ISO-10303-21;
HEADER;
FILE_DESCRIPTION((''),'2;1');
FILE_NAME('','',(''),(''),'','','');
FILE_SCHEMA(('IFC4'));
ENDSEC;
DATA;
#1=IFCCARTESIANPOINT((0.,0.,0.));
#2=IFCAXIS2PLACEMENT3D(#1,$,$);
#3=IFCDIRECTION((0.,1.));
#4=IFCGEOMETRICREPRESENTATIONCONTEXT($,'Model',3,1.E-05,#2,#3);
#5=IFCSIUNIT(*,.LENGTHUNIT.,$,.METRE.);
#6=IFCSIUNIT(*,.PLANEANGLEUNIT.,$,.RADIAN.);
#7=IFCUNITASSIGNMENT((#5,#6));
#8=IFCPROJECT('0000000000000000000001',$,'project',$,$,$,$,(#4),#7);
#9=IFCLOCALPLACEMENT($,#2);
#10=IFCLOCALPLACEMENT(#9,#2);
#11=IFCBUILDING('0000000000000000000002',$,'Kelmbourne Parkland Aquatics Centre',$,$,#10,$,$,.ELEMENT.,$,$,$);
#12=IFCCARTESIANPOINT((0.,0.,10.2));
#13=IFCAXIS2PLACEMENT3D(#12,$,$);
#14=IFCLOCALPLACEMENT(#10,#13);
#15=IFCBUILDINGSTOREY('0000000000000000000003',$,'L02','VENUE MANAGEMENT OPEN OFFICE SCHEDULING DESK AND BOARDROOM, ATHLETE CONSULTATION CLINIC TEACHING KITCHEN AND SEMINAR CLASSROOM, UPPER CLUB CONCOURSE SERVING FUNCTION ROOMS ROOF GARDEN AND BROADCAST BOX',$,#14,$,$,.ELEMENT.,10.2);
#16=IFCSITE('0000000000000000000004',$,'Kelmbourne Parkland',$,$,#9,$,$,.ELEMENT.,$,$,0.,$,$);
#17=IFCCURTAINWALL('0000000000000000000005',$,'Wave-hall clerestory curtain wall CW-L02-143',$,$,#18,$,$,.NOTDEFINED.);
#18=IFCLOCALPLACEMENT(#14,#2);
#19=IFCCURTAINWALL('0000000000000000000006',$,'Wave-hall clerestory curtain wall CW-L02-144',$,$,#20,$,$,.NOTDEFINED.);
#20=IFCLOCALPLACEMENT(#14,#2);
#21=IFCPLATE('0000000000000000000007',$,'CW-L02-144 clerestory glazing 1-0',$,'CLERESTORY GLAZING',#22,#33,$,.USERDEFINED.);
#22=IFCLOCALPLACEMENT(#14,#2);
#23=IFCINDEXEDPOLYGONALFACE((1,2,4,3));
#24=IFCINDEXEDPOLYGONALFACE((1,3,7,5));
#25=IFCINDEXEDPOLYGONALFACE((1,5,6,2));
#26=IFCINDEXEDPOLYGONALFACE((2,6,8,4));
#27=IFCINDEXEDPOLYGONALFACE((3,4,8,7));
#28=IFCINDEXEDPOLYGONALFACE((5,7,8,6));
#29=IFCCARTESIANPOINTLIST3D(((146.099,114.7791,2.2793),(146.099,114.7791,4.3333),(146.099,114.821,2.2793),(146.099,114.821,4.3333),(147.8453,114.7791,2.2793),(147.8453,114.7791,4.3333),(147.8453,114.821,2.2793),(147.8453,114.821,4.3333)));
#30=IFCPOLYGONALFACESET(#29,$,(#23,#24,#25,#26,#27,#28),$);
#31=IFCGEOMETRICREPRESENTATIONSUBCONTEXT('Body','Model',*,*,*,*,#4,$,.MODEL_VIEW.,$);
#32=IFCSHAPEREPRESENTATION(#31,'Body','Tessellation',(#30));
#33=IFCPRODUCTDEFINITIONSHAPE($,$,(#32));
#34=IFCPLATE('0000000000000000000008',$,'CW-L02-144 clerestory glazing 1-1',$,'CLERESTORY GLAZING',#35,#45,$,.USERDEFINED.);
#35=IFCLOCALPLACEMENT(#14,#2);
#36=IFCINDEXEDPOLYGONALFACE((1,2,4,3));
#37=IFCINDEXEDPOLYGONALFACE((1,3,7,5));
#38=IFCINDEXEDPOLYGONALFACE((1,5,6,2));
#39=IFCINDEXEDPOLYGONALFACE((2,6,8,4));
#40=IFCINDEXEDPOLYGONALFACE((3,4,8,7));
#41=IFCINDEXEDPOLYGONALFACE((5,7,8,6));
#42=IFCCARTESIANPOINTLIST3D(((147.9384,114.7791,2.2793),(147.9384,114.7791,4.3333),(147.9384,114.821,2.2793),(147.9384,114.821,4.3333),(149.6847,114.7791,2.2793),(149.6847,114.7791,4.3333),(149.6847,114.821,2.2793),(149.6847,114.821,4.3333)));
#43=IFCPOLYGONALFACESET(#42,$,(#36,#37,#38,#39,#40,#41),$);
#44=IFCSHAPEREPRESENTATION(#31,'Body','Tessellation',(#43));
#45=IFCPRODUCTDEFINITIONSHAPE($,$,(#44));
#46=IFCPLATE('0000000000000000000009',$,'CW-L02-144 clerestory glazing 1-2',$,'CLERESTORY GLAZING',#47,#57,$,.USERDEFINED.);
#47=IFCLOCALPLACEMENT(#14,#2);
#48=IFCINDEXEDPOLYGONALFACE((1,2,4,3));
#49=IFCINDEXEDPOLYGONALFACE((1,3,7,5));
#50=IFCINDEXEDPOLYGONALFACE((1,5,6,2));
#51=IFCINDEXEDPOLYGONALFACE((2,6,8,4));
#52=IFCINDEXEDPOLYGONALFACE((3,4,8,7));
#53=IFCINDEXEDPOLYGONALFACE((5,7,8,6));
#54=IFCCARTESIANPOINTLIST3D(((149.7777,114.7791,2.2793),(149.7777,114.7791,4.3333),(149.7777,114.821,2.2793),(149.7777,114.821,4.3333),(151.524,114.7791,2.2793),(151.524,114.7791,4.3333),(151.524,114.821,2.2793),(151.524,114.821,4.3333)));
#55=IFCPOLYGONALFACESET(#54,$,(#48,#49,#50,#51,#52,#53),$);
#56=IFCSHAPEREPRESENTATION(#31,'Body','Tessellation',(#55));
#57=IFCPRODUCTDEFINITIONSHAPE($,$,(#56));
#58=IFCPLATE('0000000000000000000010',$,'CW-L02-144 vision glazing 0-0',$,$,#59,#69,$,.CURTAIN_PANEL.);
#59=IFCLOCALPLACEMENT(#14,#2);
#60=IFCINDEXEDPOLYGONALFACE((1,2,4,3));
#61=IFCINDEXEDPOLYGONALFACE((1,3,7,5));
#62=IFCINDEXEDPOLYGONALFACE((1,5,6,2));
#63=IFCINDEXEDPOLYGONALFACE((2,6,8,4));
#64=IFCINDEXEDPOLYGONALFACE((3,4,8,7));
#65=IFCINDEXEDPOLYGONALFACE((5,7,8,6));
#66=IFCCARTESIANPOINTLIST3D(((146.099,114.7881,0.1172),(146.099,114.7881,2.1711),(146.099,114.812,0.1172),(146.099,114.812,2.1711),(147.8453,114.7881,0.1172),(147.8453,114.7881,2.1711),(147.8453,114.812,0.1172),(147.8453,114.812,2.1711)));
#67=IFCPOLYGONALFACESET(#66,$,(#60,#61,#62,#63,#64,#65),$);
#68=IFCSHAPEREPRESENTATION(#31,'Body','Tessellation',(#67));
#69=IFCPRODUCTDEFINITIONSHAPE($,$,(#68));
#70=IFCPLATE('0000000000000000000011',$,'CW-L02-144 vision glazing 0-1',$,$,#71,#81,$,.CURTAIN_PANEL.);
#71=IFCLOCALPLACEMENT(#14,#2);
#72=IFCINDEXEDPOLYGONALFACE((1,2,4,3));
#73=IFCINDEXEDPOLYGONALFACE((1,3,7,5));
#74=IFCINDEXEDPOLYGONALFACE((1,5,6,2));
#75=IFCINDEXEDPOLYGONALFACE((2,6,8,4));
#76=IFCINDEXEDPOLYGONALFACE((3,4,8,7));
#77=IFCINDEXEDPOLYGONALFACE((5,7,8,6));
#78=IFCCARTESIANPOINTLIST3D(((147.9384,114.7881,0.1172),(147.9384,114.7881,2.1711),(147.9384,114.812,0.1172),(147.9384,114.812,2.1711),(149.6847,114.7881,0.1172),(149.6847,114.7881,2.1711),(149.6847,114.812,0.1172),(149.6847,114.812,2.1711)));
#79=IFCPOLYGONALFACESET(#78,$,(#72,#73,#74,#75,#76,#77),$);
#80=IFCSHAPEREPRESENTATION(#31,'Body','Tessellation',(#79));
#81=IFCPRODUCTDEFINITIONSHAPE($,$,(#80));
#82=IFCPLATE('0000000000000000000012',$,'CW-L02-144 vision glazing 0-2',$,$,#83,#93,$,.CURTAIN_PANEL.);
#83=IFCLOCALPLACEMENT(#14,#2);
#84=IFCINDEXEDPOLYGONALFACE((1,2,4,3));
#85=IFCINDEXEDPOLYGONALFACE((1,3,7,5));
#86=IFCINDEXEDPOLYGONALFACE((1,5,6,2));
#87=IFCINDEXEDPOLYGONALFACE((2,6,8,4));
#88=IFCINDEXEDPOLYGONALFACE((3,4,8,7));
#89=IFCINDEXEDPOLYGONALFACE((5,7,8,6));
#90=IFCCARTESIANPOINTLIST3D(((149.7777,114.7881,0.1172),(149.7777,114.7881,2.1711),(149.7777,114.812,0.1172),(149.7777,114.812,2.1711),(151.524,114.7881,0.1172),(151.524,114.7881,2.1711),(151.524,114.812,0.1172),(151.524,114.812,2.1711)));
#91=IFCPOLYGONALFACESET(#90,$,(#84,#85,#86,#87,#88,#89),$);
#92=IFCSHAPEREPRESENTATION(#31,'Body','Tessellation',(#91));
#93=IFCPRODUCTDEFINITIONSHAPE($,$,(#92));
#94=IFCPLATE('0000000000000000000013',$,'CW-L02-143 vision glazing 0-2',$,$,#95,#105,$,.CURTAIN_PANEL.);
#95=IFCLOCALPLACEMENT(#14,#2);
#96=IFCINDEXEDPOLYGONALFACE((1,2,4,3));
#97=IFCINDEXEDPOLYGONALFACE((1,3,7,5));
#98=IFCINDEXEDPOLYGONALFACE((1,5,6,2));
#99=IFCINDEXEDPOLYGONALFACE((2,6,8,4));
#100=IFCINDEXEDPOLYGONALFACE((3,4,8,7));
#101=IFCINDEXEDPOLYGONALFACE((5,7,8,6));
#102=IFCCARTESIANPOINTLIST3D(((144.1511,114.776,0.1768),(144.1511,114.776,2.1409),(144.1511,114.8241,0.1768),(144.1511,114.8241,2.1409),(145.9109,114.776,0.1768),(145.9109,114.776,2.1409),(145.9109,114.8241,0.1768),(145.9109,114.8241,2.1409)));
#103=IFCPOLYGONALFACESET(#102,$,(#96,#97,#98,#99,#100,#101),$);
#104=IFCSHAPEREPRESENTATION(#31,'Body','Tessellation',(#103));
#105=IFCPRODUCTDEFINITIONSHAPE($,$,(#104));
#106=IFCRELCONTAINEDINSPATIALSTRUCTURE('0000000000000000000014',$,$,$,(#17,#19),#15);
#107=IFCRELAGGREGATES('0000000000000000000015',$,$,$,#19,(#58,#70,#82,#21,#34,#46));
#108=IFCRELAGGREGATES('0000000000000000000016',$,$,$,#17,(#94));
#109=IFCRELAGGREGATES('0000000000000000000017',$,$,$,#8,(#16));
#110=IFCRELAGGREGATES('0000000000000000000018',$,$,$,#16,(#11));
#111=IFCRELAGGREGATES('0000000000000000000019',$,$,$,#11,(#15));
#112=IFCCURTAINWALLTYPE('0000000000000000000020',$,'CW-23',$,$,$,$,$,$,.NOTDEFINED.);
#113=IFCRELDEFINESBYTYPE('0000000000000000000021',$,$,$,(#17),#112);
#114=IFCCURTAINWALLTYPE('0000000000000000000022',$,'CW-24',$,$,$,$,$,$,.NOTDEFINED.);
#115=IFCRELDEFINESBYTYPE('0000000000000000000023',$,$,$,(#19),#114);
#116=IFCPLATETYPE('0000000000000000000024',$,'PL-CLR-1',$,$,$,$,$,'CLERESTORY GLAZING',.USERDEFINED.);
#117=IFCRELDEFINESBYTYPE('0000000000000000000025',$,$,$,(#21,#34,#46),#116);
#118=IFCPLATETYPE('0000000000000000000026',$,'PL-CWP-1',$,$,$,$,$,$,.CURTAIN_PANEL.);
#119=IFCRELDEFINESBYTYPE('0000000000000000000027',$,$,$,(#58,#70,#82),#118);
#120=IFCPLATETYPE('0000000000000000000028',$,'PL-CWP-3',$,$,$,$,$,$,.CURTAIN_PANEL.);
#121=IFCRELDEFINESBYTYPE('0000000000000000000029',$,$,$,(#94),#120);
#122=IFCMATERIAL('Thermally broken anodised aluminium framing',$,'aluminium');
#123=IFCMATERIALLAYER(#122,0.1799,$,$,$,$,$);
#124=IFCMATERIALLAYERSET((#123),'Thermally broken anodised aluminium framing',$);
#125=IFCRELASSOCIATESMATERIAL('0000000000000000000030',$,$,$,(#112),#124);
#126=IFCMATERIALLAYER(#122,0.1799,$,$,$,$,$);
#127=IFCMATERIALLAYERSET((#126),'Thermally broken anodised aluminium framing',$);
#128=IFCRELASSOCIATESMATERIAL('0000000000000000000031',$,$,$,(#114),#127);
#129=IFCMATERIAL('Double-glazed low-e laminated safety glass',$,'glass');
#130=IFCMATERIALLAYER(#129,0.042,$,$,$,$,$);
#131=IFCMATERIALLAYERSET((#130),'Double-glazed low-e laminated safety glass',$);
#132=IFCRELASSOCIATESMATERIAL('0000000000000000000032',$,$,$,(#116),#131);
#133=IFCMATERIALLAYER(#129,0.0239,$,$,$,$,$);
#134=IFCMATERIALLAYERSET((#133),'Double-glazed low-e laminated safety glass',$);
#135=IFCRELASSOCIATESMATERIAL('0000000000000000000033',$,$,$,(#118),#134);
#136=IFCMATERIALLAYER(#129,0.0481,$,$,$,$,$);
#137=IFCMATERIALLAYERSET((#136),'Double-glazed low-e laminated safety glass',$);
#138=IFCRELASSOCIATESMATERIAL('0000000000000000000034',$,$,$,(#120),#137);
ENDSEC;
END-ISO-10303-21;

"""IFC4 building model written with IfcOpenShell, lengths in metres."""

from ifc_helpers import new_model, si_unit, direction, frame, origin, origin_2d, place, context, subcontext, project, spatial, rectangle, extrude, material, layer, layer_set, type_object, element, aggregate, save


model = new_model("IFC4")

# Units and contexts
model_context = context("Model", 3, precision=1e-05, world=origin(), true_north=direction((0.0, 1.0)))
body_context = subcontext(model_context, "Body", "Model", "MODEL_VIEW")
ifc_project = project(units=[si_unit("LENGTHUNIT", "METRE"), si_unit("PLANEANGLEUNIT", "RADIAN")], contexts=[model_context])

# Site, building, storey
site_placement = place(None, origin())
site = spatial("IfcSite", under=ifc_project, at=site_placement, Name="Kelmbourne Parkland", CompositionType="ELEMENT", RefElevation=0.0)
building_placement = place(site_placement, origin())
building = spatial("IfcBuilding", under=site, at=building_placement, Name="Kelmbourne Parkland Aquatics Centre", CompositionType="ELEMENT")
storey_placement = place(building_placement, frame((0.0, 0.0, 10.2)))
storey = spatial("IfcBuildingStorey", under=building, at=storey_placement, Name="L02", Description="VENUE MANAGEMENT OPEN OFFICE SCHEDULING DESK AND BOARDROOM, ATHLETE CONSULTATION CLINIC TEACHING KITCHEN AND SEMINAR CLASSROOM, UPPER CLUB CONCOURSE SERVING FUNCTION ROOMS ROOF GARDEN AND BROADCAST BOX", CompositionType="ELEMENT", Elevation=10.2)

# Curtain wall
ifc_material_1 = material(Name="Thermally broken anodised aluminium framing", Category="aluminium")
ifc_layer_1 = layer(ifc_material_1, 0.1799)
ifc_layer_set_1 = layer_set([ifc_layer_1], Name="Thermally broken anodised aluminium framing")
curtain_wall_type_1 = type_object("IfcCurtainWallType", Name="CW-23", PredefinedType="NOTDEFINED", material=ifc_layer_set_1)
curtain_wall_1_placement = place(storey_placement, origin())
curtain_wall_1 = element("IfcCurtainWall", 1, at=curtain_wall_1_placement, inside=storey, type_object=curtain_wall_type_1, Name="Wave-hall clerestory curtain wall CW-L02-143", PredefinedType="NOTDEFINED")

# Curtain wall
ifc_layer_2 = layer(ifc_material_1, 0.1799)
ifc_layer_set_2 = layer_set([ifc_layer_2], Name="Thermally broken anodised aluminium framing")
curtain_wall_type_2 = type_object("IfcCurtainWallType", Name="CW-24", PredefinedType="NOTDEFINED", material=ifc_layer_set_2)
curtain_wall_2_placement = place(storey_placement, origin())
curtain_wall_2 = element("IfcCurtainWall", 2, at=curtain_wall_2_placement, inside=storey, type_object=curtain_wall_type_2, Name="Wave-hall clerestory curtain wall CW-L02-144", PredefinedType="NOTDEFINED")

# Plates
ifc_material_2 = material(Name="Double-glazed low-e laminated safety glass", Category="glass")
ifc_layer_3 = layer(ifc_material_2, 0.042)
ifc_layer_set_3 = layer_set([ifc_layer_3], Name="Double-glazed low-e laminated safety glass")
plate_type_1 = type_object("IfcPlateType", Name="PL-CLR-1", ElementType="CLERESTORY GLAZING", PredefinedType="USERDEFINED", material=ifc_layer_set_3)
plate_1_placement = place(storey_placement, frame((146.9722, 114.8, 2.2793), z_axis=(0.0, 0.0, 1.0), x_axis=(1.0, 0.0, 0.0)))
plate_1 = element("IfcPlate", 3, at=plate_1_placement, type_object=plate_type_1, Name="CW-L02-144 clerestory glazing 1-0", ObjectType="CLERESTORY GLAZING", PredefinedType="USERDEFINED", context=body_context, shape_type="SweptSolid", body=[
    extrude(rectangle(XDim=1.7463, YDim=0.042, at=origin_2d()), origin(), (0.0, 0.0, 1.0), 2.054),
])
plate_2_placement = place(storey_placement, frame((148.8115, 114.8, 2.2793), z_axis=(0.0, 0.0, 1.0), x_axis=(1.0, 0.0, 0.0)))
plate_2 = element("IfcPlate", 4, at=plate_2_placement, type_object=plate_type_1, Name="CW-L02-144 clerestory glazing 1-1", ObjectType="CLERESTORY GLAZING", PredefinedType="USERDEFINED", context=body_context, shape_type="SweptSolid", body=[
    extrude(rectangle(XDim=1.7463, YDim=0.042, at=origin_2d()), origin(), (0.0, 0.0, 1.0), 2.054),
])
plate_3_placement = place(storey_placement, frame((150.6509, 114.8, 2.2793), z_axis=(0.0, 0.0, 1.0), x_axis=(1.0, 0.0, 0.0)))
plate_3 = element("IfcPlate", 5, at=plate_3_placement, type_object=plate_type_1, Name="CW-L02-144 clerestory glazing 1-2", ObjectType="CLERESTORY GLAZING", PredefinedType="USERDEFINED", context=body_context, shape_type="SweptSolid", body=[
    extrude(rectangle(XDim=1.7463, YDim=0.042, at=origin_2d()), origin(), (0.0, 0.0, 1.0), 2.054),
])
ifc_layer_4 = layer(ifc_material_2, 0.0239)
ifc_layer_set_4 = layer_set([ifc_layer_4], Name="Double-glazed low-e laminated safety glass")
plate_type_2 = type_object("IfcPlateType", Name="PL-CWP-1", PredefinedType="CURTAIN_PANEL", material=ifc_layer_set_4)
plate_4_placement = place(storey_placement, frame((146.9722, 114.8, 0.1172), z_axis=(0.0, 0.0, 1.0), x_axis=(1.0, 0.0, 0.0)))
plate_4 = element("IfcPlate", 6, at=plate_4_placement, type_object=plate_type_2, Name="CW-L02-144 vision glazing 0-0", PredefinedType="CURTAIN_PANEL", context=body_context, shape_type="SweptSolid", body=[
    extrude(rectangle(XDim=1.7463, YDim=0.0239, at=origin_2d()), origin(), (0.0, 0.0, 1.0), 2.054),
])
plate_5_placement = place(storey_placement, frame((148.8115, 114.8, 0.1172), z_axis=(0.0, 0.0, 1.0), x_axis=(1.0, 0.0, 0.0)))
plate_5 = element("IfcPlate", 7, at=plate_5_placement, type_object=plate_type_2, Name="CW-L02-144 vision glazing 0-1", PredefinedType="CURTAIN_PANEL", context=body_context, shape_type="SweptSolid", body=[
    extrude(rectangle(XDim=1.7463, YDim=0.0239, at=origin_2d()), origin(), (0.0, 0.0, 1.0), 2.054),
])
plate_6_placement = place(storey_placement, frame((150.6509, 114.8, 0.1172), z_axis=(0.0, 0.0, 1.0), x_axis=(1.0, 0.0, 0.0)))
plate_6 = element("IfcPlate", 8, at=plate_6_placement, type_object=plate_type_2, Name="CW-L02-144 vision glazing 0-2", PredefinedType="CURTAIN_PANEL", context=body_context, shape_type="SweptSolid", body=[
    extrude(rectangle(XDim=1.7463, YDim=0.0239, at=origin_2d()), origin(), (0.0, 0.0, 1.0), 2.054),
])
aggregate(curtain_wall_2, [plate_4, plate_5, plate_6, plate_1, plate_2, plate_3])
ifc_layer_5 = layer(ifc_material_2, 0.0481)
ifc_layer_set_5 = layer_set([ifc_layer_5], Name="Double-glazed low-e laminated safety glass")
plate_type_3 = type_object("IfcPlateType", Name="PL-CWP-3", PredefinedType="CURTAIN_PANEL", material=ifc_layer_set_5)
plate_7_placement = place(storey_placement, frame((145.031, 114.8, 0.1768), z_axis=(0.0, 0.0, 1.0), x_axis=(1.0, 0.0, 0.0)))
plate_7 = element("IfcPlate", 9, at=plate_7_placement, type_object=plate_type_3, Name="CW-L02-143 vision glazing 0-2", PredefinedType="CURTAIN_PANEL", context=body_context, shape_type="SweptSolid", body=[
    extrude(rectangle(XDim=1.7598, YDim=0.0481, at=origin_2d()), origin(), (0.0, 0.0, 1.0), 1.9641),
])
aggregate(curtain_wall_1, [plate_7])

save(model, "model.ifc")
